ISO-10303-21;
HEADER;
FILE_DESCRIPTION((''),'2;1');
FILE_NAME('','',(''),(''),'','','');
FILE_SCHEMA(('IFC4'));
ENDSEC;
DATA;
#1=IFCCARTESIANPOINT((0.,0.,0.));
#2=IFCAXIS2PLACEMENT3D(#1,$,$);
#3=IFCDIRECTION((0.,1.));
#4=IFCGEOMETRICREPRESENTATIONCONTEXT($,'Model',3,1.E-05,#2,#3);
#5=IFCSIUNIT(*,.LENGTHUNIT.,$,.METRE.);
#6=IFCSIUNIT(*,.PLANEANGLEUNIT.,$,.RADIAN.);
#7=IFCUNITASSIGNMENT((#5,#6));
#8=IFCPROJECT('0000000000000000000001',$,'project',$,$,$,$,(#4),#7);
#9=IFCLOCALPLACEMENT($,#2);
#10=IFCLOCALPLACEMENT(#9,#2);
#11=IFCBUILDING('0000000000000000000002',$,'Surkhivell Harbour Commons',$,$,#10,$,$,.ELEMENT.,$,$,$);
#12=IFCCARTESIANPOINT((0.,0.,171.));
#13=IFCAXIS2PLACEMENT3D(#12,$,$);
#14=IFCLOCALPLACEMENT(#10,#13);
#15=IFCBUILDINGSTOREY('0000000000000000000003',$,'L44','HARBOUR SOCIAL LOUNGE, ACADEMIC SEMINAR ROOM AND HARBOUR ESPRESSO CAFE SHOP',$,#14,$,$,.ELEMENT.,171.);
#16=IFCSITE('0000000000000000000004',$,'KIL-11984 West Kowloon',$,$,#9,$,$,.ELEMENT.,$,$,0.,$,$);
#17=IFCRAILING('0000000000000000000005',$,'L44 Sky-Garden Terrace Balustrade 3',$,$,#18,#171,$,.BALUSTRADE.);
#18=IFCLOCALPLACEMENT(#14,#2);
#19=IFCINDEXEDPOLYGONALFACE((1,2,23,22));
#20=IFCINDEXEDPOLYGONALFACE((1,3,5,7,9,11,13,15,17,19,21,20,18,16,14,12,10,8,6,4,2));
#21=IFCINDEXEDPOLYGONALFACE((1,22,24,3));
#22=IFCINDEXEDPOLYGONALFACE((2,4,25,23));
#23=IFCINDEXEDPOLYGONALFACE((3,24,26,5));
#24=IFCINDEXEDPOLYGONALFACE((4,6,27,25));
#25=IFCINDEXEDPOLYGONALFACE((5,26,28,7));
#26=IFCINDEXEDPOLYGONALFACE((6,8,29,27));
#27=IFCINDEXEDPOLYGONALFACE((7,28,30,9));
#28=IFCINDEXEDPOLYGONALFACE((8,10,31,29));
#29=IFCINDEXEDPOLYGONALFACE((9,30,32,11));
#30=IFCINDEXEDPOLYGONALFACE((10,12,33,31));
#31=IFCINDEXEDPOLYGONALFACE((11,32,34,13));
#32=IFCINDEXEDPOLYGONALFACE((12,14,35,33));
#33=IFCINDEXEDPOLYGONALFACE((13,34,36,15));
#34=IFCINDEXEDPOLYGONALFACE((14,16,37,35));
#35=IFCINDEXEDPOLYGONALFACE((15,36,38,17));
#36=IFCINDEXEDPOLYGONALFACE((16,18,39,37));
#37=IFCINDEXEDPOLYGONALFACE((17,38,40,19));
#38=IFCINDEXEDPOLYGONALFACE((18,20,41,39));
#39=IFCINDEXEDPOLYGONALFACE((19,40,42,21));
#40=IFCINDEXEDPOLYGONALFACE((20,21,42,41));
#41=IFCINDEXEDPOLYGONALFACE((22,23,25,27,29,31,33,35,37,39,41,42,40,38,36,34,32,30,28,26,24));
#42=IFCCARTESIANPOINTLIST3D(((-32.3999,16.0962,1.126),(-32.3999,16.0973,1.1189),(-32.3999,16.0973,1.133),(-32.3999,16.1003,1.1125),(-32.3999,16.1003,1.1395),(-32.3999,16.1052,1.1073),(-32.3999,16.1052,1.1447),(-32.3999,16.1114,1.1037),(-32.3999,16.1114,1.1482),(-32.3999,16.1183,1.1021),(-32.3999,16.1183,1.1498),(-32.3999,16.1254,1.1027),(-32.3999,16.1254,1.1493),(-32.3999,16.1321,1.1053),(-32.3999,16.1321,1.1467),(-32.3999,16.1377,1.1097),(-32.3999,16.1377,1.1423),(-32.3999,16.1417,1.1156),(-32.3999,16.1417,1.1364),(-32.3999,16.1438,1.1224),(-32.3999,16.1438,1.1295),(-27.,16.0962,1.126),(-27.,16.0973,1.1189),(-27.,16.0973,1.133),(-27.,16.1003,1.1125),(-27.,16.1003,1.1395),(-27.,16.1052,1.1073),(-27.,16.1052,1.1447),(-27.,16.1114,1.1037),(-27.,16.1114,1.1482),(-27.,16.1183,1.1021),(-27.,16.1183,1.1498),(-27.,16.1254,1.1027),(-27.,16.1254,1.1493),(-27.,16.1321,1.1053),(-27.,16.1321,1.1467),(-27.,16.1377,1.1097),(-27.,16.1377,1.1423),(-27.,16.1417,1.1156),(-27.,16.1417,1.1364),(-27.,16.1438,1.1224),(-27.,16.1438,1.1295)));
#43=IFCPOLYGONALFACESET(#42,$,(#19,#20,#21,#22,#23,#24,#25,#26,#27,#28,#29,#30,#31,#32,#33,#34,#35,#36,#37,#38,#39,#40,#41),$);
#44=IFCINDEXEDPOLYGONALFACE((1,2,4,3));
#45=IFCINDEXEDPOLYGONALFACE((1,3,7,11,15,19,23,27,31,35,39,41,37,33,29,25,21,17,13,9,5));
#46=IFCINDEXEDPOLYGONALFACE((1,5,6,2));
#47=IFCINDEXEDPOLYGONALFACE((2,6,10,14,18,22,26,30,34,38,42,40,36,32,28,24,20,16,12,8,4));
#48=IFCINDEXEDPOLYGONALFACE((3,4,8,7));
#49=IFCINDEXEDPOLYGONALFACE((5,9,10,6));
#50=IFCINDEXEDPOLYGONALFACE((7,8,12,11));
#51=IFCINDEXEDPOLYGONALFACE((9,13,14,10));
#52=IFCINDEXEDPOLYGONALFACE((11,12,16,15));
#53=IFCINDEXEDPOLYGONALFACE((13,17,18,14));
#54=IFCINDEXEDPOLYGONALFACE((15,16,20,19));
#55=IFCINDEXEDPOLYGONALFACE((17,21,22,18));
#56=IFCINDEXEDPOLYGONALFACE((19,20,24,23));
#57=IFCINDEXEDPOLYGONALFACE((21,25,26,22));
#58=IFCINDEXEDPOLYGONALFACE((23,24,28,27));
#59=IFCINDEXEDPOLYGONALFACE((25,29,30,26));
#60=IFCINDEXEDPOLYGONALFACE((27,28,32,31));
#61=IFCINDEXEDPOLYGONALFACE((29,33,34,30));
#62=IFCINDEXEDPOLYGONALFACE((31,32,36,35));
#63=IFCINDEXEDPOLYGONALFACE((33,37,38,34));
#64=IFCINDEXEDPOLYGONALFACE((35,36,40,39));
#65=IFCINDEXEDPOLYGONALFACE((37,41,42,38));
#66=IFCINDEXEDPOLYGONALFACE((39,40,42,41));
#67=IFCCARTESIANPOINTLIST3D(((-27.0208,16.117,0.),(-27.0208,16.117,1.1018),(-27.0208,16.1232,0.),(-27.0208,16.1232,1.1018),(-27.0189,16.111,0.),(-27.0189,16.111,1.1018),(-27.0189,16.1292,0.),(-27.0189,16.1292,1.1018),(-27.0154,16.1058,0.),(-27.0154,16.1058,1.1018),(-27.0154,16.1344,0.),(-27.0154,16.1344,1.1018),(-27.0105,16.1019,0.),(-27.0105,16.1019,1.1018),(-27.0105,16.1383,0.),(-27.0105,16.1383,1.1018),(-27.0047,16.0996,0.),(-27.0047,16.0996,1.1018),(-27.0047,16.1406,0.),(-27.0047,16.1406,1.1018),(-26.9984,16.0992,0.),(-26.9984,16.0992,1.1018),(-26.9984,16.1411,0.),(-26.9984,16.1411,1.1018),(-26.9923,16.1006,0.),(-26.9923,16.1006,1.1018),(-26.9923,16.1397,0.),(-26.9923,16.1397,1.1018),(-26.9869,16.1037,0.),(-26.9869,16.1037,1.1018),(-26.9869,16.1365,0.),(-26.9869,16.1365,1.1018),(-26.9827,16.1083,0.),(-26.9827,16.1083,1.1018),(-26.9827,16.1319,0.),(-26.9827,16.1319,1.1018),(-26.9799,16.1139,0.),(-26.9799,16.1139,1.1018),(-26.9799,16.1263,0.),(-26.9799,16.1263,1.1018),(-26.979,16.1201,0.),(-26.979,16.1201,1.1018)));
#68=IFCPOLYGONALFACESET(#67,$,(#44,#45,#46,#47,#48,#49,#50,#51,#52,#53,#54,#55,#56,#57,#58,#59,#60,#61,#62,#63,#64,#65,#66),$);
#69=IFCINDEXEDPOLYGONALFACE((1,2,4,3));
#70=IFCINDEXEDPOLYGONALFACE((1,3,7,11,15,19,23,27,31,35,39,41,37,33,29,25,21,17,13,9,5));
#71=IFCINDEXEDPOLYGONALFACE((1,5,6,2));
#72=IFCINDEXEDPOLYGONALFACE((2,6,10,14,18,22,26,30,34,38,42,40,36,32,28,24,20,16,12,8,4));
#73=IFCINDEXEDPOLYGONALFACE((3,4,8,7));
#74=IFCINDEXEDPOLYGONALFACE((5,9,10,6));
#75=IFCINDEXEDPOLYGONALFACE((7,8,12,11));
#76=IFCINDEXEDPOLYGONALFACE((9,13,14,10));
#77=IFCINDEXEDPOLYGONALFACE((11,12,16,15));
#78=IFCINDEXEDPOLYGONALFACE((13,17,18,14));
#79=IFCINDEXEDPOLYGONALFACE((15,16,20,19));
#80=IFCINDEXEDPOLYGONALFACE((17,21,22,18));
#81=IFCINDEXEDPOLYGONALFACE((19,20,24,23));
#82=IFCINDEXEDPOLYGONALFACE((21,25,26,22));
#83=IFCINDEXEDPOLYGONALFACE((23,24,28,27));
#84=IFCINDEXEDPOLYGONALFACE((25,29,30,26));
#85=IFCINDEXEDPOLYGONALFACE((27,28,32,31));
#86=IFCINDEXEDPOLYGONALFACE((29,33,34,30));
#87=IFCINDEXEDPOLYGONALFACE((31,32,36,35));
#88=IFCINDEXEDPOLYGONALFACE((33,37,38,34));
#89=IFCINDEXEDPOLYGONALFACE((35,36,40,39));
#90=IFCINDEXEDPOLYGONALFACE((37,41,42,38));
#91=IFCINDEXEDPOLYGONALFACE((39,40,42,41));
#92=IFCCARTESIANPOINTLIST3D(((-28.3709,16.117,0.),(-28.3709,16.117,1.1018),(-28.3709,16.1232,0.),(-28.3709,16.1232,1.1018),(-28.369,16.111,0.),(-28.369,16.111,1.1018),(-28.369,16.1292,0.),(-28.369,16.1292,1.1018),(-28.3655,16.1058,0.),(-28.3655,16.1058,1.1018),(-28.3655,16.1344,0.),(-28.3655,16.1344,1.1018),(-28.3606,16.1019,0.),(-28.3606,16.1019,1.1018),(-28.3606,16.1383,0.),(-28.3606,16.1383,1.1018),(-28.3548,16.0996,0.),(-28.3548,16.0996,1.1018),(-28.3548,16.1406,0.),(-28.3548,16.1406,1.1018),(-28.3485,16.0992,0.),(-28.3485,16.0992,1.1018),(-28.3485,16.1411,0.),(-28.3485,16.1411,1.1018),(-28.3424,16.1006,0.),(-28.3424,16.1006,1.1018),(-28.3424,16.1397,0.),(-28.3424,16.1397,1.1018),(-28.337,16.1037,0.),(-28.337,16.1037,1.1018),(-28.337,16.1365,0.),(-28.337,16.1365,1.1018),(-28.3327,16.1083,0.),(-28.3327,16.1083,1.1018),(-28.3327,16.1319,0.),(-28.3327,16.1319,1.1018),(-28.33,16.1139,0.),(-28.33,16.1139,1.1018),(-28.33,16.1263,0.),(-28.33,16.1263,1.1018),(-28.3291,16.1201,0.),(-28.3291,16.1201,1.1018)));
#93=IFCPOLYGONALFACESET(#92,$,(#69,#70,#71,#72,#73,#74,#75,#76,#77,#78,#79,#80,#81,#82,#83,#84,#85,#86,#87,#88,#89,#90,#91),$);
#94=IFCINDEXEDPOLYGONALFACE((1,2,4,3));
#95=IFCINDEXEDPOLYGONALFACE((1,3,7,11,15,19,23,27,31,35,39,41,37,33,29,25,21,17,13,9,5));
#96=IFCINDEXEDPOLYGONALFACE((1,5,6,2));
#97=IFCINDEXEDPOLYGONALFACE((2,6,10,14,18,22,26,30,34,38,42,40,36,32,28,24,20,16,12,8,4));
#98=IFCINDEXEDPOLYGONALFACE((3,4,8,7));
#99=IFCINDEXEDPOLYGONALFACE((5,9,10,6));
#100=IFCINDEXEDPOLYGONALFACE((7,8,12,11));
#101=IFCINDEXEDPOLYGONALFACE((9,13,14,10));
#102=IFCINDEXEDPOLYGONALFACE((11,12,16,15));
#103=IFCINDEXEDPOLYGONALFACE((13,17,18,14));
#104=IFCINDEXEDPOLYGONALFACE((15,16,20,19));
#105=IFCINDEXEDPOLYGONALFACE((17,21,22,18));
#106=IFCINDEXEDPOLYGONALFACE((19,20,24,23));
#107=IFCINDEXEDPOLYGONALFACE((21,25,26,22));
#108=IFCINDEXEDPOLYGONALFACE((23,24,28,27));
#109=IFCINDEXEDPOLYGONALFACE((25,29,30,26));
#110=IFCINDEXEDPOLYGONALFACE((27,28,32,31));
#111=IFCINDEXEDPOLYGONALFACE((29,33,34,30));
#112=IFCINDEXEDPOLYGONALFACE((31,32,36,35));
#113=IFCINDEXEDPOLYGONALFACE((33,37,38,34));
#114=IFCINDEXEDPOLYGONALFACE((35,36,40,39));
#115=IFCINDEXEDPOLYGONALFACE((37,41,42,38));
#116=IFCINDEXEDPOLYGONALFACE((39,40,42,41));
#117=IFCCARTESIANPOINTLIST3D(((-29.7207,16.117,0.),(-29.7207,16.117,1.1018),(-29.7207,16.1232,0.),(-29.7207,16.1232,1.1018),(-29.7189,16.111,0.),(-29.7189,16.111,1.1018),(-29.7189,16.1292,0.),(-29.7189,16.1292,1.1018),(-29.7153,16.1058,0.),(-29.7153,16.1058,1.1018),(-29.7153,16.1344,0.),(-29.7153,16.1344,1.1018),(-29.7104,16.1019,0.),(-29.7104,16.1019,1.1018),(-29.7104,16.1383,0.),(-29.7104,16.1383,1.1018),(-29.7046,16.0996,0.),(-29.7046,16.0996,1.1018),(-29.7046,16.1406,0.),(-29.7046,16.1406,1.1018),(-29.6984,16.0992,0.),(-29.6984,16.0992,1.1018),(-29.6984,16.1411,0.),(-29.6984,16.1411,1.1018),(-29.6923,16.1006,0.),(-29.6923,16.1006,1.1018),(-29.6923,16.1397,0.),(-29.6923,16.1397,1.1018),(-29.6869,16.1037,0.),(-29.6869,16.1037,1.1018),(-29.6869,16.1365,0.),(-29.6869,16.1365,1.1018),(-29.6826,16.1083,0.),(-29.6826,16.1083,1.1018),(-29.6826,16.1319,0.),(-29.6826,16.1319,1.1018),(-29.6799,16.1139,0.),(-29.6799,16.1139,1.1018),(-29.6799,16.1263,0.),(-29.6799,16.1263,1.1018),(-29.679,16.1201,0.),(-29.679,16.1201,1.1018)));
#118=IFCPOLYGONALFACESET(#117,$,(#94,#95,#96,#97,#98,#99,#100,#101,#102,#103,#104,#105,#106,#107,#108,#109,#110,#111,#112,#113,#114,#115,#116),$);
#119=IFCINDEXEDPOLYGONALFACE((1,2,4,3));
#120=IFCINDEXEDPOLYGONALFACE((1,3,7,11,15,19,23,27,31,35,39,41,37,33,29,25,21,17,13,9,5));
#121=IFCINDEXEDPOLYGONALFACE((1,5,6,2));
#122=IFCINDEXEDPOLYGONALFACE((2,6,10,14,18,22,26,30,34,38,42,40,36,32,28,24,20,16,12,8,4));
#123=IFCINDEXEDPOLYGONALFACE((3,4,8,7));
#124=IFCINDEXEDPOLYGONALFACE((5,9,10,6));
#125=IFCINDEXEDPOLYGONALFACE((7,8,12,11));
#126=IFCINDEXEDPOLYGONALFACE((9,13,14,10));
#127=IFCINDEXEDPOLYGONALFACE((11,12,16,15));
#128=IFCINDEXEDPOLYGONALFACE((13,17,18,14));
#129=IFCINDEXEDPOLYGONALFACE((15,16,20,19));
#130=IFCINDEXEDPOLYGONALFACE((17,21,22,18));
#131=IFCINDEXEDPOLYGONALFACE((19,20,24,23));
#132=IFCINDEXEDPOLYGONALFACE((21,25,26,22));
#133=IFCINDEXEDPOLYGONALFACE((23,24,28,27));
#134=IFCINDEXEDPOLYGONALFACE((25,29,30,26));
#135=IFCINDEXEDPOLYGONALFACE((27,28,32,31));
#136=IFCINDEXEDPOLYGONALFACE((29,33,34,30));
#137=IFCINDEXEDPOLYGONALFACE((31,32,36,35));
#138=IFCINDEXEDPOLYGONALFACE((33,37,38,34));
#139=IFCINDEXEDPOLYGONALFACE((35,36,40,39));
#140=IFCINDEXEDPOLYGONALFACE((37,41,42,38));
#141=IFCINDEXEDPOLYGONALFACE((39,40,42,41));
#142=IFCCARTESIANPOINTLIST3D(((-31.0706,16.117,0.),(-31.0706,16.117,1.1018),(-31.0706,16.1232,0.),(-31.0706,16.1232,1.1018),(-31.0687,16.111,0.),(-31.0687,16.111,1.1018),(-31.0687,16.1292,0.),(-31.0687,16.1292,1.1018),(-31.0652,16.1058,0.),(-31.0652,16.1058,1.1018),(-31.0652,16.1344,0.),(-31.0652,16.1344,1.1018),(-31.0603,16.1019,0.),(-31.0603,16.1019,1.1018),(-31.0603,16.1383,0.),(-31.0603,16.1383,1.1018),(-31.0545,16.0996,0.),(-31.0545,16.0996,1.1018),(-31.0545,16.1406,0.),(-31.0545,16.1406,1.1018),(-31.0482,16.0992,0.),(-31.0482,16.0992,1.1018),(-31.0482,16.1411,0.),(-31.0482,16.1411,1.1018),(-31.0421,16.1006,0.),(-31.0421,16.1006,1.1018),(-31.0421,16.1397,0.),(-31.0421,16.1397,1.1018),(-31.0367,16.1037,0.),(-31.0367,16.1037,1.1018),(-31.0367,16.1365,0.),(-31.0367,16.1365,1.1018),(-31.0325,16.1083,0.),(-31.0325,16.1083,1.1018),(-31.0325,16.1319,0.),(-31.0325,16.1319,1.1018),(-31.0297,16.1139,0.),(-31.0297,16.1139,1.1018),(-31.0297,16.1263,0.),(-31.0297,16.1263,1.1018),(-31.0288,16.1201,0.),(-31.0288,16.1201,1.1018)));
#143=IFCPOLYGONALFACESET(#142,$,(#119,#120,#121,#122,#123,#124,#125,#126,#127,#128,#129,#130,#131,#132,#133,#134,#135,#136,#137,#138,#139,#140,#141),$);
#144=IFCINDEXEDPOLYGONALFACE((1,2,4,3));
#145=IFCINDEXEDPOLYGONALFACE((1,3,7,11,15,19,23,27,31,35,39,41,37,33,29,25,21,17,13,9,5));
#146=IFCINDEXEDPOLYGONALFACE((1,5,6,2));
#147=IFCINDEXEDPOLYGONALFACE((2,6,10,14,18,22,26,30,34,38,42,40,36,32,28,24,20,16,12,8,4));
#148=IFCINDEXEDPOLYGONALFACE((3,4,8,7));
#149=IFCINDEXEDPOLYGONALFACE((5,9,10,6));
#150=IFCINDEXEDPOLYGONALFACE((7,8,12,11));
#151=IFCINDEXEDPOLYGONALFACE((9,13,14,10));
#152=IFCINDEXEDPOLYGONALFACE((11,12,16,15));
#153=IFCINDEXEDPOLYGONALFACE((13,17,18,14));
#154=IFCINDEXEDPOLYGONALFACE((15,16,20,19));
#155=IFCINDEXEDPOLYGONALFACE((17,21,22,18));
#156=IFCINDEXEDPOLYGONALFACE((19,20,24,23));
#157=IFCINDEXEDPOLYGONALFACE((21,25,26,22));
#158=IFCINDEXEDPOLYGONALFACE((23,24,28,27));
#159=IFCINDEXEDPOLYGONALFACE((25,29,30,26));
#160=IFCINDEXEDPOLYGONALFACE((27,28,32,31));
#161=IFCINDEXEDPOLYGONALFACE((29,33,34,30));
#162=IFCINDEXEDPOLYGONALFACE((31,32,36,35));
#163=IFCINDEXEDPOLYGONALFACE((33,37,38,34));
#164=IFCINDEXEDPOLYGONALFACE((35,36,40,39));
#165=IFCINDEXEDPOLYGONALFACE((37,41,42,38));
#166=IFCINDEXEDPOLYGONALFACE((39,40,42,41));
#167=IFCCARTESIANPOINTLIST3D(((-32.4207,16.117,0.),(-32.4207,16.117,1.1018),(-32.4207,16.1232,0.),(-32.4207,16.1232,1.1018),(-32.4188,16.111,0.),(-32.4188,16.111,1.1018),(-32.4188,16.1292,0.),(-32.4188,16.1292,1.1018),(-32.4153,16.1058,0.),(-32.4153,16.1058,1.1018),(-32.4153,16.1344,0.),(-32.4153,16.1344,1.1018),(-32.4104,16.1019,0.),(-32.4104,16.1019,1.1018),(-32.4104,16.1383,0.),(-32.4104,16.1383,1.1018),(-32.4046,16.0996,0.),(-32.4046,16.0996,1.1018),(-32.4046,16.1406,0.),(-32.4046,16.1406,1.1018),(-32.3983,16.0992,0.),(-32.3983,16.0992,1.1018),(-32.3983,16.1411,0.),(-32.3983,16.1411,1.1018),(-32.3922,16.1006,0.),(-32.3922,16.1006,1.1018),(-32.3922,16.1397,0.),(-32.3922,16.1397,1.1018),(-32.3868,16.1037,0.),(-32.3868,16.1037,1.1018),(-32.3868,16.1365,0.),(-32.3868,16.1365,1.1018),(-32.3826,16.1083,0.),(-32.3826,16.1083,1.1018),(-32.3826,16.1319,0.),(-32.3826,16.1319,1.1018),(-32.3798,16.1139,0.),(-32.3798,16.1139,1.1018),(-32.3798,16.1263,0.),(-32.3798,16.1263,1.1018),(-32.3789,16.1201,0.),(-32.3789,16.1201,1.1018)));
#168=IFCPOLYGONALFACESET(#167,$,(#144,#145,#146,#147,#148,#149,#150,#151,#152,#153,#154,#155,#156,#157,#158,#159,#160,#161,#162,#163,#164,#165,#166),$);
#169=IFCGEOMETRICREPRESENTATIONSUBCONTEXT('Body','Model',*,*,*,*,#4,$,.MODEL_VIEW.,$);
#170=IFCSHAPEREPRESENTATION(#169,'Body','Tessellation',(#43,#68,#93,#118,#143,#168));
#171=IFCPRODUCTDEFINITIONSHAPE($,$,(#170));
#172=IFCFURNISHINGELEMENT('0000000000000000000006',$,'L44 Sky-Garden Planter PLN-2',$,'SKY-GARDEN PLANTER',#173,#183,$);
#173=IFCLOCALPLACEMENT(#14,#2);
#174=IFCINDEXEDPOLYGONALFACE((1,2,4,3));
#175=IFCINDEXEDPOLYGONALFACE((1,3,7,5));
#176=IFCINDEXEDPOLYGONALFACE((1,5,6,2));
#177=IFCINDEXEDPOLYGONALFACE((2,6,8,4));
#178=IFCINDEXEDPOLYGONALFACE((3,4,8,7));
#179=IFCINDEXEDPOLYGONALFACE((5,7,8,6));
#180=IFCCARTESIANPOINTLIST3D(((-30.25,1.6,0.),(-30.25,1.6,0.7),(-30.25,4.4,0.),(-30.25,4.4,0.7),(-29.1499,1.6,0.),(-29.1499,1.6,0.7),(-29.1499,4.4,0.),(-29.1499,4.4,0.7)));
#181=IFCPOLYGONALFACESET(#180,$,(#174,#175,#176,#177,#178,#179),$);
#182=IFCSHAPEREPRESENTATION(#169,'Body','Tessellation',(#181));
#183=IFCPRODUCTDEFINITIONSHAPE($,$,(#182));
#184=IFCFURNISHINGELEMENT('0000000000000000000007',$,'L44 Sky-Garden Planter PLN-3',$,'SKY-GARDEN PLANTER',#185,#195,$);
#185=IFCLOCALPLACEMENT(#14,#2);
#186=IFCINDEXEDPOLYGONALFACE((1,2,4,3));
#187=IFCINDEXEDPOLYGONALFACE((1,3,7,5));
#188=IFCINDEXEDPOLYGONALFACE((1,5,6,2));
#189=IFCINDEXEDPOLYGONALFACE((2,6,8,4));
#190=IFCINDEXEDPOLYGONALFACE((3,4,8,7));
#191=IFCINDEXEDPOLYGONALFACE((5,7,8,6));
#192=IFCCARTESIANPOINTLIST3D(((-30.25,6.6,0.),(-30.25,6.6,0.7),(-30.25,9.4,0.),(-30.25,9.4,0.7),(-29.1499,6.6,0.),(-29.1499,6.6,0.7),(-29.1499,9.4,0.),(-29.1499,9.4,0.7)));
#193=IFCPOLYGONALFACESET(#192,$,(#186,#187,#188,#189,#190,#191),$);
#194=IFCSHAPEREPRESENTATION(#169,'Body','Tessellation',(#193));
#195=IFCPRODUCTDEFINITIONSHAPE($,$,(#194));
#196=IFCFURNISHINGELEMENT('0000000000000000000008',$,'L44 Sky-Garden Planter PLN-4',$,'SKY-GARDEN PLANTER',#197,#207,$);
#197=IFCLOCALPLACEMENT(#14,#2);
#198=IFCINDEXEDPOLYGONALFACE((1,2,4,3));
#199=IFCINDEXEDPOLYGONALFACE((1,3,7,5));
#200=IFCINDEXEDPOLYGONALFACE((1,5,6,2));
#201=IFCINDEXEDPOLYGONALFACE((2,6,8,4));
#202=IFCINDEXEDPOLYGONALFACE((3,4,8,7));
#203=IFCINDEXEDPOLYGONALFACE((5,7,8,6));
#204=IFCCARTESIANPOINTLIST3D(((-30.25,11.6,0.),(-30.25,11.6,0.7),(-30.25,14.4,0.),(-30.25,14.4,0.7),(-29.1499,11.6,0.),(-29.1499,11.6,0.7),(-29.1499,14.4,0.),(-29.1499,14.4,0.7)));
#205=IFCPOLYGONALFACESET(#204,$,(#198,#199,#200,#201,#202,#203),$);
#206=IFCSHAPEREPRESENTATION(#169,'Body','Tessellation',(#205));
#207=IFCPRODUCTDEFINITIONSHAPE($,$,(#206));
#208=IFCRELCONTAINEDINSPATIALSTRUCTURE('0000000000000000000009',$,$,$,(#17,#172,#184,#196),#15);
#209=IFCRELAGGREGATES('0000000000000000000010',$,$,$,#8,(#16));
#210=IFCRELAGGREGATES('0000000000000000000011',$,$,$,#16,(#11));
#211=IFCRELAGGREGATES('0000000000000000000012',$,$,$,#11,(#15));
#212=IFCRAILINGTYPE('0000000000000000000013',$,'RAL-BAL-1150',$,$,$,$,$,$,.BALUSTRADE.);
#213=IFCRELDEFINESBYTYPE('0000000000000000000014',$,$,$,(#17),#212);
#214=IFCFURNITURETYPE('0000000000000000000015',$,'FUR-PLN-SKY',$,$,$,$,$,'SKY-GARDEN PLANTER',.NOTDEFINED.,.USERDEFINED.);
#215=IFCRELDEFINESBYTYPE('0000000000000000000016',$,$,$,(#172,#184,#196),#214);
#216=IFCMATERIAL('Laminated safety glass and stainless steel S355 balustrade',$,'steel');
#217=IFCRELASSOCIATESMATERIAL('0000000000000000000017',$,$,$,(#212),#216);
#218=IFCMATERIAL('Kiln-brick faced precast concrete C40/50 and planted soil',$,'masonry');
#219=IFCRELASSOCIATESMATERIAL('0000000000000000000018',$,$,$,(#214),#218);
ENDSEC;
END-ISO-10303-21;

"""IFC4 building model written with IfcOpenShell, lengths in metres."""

from ifc_helpers import new_model, si_unit, direction, frame, origin, origin_2d, place, context, subcontext, project, spatial, rectangle, circle, extrude, material, type_object, element, save


model = new_model("IFC4")

# Units and contexts
model_context = context("Model", 3, precision=1e-05, world=origin(), true_north=direction((0.0, 1.0)))
body_context = subcontext(model_context, "Body", "Model", "MODEL_VIEW")
ifc_project = project(units=[si_unit("LENGTHUNIT", "METRE"), si_unit("PLANEANGLEUNIT", "RADIAN")], contexts=[model_context])

# Site, building, storey
site_placement = place(None, origin())
site = spatial("IfcSite", under=ifc_project, at=site_placement, Name="KIL-11984 West Kowloon", CompositionType="ELEMENT", RefElevation=0.0)
building_placement = place(site_placement, origin())
building = spatial("IfcBuilding", under=site, at=building_placement, Name="Surkhivell Harbour Commons", CompositionType="ELEMENT")
storey_placement = place(building_placement, frame((0.0, 0.0, 171.0)))
storey = spatial("IfcBuildingStorey", under=building, at=storey_placement, Name="L44", Description="HARBOUR SOCIAL LOUNGE, ACADEMIC SEMINAR ROOM AND HARBOUR ESPRESSO CAFE SHOP", CompositionType="ELEMENT", Elevation=171.0)

# Railing
ifc_material_1 = material(Name="Laminated safety glass and stainless steel S355 balustrade", Category="steel")
railing_type = type_object("IfcRailingType", Name="RAL-BAL-1150", PredefinedType="BALUSTRADE", material=ifc_material_1)
railing_1_placement = place(storey_placement, frame((-27.0, 16.1201, 0.0)))
element("IfcRailing", 1, at=railing_1_placement, inside=storey, type_object=railing_type, Name="L44 Sky-Garden Terrace Balustrade 3", PredefinedType="BALUSTRADE", context=body_context, shape_type="SweptSolid", body=[
    extrude(circle(Radius=0.0239, at=origin_2d()), frame((0.0, 0.0, 1.126), z_axis=(-1.0, 0.0, 0.0), x_axis=(0.0, -1.0, 0.0)), (0.0, 0.0, 1.0), 5.3999),
    extrude(circle(Radius=0.021, at=origin_2d()), origin(), (0.0, 0.0, 1.0), 1.1018),
    extrude(circle(Radius=0.021, at=origin_2d()), frame((-1.3501, 0.0, 0.0)), (0.0, 0.0, 1.0), 1.1018),
    extrude(circle(Radius=0.021, at=origin_2d()), frame((-2.7, 0.0, 0.0)), (0.0, 0.0, 1.0), 1.1018),
    extrude(circle(Radius=0.021, at=origin_2d()), frame((-4.0498, 0.0, 0.0)), (0.0, 0.0, 1.0), 1.1018),
    extrude(circle(Radius=0.021, at=origin_2d()), frame((-5.3999, 0.0, 0.0)), (0.0, 0.0, 1.0), 1.1018),
])

# Furnishing elements
ifc_material_2 = material(Name="Kiln-brick faced precast concrete C40/50 and planted soil", Category="masonry")
furniture_type = type_object("IfcFurnitureType", Name="FUR-PLN-SKY", ElementType="SKY-GARDEN PLANTER", AssemblyPlace="NOTDEFINED", PredefinedType="USERDEFINED", material=ifc_material_2)
for number, where, z_axis, x_axis, name in (
    (2, (-29.7, 3.0, 0.0), (0.0, 0.0, 1.0), (0.0, 1.0, 0.0), "L44 Sky-Garden Planter PLN-2"),
    (3, (-29.7, 8.0, 0.0), (0.0, 0.0, 1.0), (0.0, 1.0, 0.0), "L44 Sky-Garden Planter PLN-3"),
    (4, (-29.7, 13.0, 0.0), (0.0, 0.0, 1.0), (0.0, 1.0, 0.0), "L44 Sky-Garden Planter PLN-4"),
):
    element("IfcFurnishingElement", number, at=place(storey_placement, frame(where, z_axis=z_axis, x_axis=x_axis)), inside=storey, type_object=furniture_type, Name=name, ObjectType="SKY-GARDEN PLANTER", context=body_context, shape_type="SweptSolid", body=[
        extrude(rectangle(XDim=2.8, YDim=1.1001, at=origin_2d()), origin(), (0.0, 0.0, 1.0), 0.7),
    ])

save(model, "model.ifc")
